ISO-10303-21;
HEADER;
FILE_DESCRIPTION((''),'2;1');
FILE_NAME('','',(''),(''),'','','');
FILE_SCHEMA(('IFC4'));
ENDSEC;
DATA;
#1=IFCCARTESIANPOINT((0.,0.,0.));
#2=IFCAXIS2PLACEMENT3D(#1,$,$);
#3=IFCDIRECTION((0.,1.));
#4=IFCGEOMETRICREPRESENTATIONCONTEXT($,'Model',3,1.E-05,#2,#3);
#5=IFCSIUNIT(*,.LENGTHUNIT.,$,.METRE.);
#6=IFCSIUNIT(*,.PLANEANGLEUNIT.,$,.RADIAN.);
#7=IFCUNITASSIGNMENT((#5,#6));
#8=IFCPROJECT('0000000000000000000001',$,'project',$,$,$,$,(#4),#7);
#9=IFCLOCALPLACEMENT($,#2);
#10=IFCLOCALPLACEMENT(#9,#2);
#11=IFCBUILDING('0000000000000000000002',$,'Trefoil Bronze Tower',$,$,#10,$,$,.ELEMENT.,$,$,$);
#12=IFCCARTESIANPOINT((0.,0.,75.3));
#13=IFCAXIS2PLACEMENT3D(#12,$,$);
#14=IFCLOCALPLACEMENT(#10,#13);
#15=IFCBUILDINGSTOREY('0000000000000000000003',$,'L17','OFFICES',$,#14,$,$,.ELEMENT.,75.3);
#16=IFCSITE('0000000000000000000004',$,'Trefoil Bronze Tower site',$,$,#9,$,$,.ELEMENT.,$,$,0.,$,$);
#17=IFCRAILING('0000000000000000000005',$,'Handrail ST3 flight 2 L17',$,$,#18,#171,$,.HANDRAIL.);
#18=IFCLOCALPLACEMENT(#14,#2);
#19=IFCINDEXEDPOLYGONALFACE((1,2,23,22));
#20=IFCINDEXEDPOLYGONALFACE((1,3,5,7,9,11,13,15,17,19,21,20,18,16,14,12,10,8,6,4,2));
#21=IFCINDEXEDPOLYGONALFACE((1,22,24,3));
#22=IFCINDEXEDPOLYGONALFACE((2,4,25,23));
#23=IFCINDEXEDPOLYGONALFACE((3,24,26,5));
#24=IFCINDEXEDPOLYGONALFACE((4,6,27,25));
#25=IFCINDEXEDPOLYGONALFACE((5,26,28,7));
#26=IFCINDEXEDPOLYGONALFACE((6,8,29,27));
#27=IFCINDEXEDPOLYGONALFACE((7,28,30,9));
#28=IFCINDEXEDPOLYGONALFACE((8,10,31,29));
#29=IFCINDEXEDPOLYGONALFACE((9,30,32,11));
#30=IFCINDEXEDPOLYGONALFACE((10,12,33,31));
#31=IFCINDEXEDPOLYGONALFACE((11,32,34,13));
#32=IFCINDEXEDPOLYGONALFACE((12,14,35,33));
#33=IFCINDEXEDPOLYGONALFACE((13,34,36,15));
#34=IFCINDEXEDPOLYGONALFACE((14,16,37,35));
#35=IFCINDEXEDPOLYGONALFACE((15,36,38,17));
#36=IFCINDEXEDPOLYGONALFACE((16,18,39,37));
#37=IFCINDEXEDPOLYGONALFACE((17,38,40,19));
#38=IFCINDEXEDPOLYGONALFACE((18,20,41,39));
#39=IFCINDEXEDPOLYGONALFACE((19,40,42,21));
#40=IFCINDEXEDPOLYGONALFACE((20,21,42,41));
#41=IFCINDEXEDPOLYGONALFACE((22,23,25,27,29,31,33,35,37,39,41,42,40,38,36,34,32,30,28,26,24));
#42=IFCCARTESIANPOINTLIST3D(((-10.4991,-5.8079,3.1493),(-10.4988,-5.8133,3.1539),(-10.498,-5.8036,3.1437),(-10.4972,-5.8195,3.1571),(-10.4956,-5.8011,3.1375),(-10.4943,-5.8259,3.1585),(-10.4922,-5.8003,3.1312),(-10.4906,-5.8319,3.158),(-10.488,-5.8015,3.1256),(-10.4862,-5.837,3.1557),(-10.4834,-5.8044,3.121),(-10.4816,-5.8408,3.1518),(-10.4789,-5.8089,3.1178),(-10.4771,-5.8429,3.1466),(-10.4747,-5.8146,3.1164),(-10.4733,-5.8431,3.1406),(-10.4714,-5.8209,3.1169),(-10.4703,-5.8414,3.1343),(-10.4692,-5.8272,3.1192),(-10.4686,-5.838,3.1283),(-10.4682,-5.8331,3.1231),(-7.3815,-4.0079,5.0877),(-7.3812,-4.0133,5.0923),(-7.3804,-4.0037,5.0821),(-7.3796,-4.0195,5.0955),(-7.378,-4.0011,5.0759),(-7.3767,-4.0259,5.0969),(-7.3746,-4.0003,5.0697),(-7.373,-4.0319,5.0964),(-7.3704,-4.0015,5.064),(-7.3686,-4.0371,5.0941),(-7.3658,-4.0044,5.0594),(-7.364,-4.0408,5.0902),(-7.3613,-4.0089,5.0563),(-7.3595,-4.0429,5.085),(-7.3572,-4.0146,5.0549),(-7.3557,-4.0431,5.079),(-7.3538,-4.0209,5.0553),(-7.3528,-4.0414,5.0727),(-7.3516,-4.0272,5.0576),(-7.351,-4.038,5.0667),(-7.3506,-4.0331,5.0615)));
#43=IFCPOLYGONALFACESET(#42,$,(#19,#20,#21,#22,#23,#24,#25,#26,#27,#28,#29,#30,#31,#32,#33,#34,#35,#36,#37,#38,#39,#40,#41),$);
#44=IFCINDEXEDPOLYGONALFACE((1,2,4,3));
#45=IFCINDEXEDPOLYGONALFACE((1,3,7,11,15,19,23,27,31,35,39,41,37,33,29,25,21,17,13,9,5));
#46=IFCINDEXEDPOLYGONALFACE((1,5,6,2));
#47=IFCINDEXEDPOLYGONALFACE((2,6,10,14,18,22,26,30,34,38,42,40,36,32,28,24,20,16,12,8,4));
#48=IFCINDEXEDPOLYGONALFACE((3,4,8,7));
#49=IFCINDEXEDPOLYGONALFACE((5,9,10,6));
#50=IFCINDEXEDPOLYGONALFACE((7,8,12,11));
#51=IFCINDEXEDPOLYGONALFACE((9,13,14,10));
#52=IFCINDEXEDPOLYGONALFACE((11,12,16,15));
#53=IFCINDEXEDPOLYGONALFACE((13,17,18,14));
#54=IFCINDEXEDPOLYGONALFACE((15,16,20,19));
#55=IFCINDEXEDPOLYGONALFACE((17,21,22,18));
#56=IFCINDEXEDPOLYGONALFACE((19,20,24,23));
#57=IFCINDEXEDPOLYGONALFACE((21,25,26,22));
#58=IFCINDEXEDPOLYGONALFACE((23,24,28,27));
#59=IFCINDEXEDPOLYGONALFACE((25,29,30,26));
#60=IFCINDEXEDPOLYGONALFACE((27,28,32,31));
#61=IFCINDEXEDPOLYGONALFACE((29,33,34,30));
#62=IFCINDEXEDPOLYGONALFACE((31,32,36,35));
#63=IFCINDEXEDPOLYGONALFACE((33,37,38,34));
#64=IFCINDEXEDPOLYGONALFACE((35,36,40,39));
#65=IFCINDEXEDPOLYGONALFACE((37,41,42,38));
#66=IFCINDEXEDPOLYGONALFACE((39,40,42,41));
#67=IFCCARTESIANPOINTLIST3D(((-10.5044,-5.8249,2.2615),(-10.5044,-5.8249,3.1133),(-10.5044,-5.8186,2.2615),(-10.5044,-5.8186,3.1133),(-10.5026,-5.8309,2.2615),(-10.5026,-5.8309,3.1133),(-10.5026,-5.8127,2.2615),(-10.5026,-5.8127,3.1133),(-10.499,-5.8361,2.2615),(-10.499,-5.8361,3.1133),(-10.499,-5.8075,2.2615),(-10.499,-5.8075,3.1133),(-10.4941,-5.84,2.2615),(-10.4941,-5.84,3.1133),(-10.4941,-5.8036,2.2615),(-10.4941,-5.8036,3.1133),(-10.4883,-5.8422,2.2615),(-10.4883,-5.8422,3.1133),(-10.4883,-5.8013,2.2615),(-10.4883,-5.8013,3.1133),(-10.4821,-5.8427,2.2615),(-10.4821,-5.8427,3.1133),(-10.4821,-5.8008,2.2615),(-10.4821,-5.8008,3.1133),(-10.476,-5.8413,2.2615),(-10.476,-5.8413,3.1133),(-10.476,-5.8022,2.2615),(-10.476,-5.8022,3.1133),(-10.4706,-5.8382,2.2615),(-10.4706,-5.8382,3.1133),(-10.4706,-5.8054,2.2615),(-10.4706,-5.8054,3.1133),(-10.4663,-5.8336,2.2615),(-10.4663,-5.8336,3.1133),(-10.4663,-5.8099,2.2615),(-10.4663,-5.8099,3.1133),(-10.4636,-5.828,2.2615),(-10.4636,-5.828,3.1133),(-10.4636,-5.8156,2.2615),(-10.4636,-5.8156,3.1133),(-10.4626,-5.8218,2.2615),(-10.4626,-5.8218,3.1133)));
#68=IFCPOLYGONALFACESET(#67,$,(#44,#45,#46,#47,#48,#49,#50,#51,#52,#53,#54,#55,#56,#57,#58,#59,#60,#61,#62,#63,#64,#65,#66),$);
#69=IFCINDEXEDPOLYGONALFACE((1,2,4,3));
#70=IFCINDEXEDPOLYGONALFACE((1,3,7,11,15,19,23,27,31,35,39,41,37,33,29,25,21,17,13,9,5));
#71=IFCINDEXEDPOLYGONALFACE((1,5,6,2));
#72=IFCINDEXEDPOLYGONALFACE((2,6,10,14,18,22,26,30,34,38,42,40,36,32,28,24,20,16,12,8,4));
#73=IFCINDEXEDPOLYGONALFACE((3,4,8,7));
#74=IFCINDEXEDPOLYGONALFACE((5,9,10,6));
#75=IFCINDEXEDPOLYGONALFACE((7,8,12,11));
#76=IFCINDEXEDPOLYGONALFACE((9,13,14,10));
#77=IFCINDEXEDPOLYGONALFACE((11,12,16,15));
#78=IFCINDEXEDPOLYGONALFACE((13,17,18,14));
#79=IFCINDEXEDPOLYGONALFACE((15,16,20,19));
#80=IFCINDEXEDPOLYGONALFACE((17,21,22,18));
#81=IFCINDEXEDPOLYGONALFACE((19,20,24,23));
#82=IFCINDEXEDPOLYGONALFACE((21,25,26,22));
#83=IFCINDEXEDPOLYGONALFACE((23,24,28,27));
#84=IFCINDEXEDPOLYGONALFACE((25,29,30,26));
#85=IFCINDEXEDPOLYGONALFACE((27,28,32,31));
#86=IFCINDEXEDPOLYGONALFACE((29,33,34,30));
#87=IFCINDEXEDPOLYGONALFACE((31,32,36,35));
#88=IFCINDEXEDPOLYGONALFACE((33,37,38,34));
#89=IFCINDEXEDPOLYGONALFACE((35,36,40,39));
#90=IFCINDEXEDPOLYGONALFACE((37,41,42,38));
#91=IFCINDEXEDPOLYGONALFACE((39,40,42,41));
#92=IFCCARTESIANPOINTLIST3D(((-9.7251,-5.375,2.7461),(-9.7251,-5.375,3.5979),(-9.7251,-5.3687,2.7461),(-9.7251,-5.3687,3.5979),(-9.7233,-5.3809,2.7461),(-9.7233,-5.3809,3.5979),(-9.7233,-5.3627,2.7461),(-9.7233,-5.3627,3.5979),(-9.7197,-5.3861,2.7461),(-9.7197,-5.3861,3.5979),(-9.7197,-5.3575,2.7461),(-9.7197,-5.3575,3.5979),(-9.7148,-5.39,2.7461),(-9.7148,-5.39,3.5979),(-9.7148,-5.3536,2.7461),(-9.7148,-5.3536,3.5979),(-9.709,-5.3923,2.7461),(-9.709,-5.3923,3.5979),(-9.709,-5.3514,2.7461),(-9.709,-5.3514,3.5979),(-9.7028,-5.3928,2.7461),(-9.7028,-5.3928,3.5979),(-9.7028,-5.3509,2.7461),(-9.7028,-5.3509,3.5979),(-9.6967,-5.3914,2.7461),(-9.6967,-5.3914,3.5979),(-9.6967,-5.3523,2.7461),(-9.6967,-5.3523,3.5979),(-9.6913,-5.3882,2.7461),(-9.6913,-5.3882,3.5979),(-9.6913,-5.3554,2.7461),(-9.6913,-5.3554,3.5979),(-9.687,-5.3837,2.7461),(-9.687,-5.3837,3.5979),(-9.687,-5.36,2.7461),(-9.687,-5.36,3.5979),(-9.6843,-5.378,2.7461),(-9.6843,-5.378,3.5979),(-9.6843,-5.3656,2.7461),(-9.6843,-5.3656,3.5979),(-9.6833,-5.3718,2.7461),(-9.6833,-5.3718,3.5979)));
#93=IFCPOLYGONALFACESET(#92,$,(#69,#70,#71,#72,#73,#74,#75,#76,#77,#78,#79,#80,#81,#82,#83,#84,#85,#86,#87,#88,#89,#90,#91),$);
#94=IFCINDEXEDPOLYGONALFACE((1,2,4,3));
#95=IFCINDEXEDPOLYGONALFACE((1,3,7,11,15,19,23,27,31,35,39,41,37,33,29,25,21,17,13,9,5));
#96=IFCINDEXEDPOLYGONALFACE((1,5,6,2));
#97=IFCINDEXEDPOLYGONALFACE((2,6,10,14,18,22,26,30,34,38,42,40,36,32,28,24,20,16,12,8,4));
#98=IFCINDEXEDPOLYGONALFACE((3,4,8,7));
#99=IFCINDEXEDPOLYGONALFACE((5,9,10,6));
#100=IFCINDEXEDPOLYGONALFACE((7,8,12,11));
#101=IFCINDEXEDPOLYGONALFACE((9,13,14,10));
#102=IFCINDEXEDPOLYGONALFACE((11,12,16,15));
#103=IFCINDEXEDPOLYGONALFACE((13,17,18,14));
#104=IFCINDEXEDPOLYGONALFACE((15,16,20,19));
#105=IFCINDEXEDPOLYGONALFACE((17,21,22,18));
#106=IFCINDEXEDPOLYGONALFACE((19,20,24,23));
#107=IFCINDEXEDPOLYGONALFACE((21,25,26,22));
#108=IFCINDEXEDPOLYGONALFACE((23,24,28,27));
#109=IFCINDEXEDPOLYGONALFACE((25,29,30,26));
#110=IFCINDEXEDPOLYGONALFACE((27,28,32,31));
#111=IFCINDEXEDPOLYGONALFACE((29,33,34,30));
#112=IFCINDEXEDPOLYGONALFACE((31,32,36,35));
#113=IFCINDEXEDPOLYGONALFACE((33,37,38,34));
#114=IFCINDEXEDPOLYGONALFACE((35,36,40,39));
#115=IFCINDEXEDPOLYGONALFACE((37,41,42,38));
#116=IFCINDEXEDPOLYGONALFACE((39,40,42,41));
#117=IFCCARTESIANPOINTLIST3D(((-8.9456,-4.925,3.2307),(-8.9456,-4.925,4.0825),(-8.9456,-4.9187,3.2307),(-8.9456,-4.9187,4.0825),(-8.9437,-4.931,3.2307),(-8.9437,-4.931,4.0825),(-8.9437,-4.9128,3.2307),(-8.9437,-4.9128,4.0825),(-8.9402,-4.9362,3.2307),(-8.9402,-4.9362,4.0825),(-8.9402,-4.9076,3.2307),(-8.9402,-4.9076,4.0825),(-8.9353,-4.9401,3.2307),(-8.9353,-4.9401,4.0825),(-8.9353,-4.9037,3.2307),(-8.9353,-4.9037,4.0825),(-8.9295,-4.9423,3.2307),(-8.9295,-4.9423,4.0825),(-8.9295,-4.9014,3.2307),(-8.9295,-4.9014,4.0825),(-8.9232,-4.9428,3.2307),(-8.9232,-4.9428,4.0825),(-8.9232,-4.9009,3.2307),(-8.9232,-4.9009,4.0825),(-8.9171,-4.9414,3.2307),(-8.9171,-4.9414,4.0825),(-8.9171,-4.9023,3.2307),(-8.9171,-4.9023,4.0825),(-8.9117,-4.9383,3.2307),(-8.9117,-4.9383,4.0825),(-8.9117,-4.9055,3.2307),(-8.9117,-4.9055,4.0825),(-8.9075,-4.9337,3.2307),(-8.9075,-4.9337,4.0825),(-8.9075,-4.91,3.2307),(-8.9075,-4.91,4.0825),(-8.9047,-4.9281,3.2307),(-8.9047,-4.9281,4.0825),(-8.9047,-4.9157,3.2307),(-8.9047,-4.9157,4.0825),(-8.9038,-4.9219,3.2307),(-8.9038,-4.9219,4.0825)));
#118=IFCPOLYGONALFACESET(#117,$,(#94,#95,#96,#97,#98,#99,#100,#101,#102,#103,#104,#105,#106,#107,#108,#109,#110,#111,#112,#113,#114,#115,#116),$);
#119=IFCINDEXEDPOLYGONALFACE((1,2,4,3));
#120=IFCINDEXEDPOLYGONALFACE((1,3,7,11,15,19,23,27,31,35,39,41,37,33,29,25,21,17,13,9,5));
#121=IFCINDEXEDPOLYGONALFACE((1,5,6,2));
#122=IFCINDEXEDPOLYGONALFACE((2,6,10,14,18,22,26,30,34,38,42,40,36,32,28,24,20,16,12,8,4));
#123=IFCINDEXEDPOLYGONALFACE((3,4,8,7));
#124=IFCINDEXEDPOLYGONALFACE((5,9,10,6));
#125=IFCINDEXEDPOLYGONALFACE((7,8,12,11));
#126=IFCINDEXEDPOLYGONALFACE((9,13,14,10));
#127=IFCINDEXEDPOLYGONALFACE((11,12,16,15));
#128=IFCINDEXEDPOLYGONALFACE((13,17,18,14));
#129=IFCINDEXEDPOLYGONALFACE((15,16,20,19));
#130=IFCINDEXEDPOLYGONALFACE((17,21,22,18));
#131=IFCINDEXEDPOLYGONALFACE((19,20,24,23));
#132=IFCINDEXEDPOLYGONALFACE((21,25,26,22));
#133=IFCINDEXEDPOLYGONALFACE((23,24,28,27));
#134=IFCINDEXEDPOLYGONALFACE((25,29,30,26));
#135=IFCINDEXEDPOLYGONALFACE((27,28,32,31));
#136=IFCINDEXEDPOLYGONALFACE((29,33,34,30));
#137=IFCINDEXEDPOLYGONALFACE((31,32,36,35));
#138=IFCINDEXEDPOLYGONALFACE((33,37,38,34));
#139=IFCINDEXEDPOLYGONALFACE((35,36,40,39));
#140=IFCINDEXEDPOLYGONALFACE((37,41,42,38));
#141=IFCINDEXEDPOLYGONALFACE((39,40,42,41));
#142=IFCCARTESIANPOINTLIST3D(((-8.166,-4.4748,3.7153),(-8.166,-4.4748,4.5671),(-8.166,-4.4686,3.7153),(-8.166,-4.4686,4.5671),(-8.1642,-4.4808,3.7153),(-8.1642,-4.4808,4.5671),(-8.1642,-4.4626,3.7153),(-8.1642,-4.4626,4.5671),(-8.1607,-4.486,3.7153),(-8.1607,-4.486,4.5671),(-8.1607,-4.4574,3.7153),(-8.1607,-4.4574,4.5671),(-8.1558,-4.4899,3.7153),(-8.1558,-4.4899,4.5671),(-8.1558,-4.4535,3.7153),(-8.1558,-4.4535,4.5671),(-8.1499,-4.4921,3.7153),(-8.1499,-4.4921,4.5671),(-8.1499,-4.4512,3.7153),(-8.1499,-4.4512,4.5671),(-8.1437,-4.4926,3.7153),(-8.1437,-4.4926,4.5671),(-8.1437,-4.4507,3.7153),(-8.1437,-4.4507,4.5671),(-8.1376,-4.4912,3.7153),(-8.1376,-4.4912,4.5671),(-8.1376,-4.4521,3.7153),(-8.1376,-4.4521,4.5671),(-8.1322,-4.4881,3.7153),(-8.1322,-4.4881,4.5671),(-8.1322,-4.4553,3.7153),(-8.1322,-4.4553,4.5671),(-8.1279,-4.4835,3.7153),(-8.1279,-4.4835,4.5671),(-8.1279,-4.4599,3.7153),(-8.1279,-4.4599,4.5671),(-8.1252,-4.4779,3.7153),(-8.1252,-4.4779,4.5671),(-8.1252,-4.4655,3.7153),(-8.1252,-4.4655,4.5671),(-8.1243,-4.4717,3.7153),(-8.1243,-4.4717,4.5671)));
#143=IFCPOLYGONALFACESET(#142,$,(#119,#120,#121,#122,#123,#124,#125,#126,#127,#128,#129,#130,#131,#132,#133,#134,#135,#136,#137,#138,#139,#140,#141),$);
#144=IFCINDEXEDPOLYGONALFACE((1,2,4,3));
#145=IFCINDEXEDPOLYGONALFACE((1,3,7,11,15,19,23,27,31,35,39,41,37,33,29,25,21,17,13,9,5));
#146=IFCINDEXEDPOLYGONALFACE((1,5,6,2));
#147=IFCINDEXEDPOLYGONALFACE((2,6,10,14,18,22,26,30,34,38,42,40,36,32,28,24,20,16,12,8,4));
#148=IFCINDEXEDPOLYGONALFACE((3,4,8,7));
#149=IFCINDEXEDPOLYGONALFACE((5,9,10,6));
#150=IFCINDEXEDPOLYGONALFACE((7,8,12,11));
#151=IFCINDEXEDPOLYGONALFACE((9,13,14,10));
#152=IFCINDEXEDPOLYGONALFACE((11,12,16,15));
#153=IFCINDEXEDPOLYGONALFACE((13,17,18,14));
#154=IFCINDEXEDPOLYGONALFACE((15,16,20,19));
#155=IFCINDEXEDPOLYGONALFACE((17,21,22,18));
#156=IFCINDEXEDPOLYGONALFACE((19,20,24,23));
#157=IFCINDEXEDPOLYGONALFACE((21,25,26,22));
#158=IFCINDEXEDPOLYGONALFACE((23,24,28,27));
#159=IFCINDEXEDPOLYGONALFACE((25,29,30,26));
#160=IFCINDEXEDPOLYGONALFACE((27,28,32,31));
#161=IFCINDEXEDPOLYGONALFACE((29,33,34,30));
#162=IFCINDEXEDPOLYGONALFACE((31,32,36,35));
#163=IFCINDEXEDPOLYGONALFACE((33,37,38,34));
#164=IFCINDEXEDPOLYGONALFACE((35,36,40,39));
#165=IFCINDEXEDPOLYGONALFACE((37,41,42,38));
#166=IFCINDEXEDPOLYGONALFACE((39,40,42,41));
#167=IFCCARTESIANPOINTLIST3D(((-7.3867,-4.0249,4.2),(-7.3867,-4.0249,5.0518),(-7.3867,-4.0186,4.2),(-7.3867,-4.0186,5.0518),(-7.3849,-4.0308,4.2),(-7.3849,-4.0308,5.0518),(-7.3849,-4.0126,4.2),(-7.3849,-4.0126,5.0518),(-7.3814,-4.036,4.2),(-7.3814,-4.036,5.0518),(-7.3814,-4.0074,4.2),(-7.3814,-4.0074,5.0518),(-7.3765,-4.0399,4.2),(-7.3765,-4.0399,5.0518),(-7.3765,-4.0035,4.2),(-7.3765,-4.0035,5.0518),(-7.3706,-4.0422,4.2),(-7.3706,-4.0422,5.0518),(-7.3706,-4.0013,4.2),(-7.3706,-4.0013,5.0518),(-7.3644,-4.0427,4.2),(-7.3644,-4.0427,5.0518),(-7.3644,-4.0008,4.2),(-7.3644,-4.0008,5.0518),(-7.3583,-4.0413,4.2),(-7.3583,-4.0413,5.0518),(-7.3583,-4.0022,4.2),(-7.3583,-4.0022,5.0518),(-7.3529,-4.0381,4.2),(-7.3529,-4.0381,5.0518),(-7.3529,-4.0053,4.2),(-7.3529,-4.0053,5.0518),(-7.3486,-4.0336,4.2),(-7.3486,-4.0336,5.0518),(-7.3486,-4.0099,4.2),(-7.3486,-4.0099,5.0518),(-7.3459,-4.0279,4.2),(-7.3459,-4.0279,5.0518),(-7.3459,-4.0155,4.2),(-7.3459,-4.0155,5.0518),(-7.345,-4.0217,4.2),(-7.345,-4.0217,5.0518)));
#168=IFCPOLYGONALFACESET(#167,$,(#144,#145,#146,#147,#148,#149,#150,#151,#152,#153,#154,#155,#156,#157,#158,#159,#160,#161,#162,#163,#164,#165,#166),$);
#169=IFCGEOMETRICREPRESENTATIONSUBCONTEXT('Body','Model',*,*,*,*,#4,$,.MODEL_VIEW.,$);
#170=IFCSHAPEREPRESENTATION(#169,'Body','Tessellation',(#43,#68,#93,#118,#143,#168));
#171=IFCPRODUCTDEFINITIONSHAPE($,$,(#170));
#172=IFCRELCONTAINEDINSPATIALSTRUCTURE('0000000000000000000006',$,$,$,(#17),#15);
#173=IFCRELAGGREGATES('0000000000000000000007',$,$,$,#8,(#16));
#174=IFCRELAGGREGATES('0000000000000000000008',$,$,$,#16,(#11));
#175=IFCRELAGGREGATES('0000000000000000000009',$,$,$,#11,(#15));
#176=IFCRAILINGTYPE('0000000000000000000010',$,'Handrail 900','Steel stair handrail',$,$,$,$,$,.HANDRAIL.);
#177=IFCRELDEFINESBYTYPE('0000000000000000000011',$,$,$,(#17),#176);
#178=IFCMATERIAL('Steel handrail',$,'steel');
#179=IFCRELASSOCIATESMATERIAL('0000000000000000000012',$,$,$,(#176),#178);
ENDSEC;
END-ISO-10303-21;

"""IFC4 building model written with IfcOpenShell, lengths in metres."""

from ifc_helpers import new_model, si_unit, direction, frame, origin, origin_2d, place, context, subcontext, project, spatial, circle, extrude, material, type_object, element, save


model = new_model("IFC4")

# Units and contexts
model_context = context("Model", 3, precision=1e-05, world=origin(), true_north=direction((0.0, 1.0)))
body_context = subcontext(model_context, "Body", "Model", "MODEL_VIEW")
ifc_project = project(units=[si_unit("LENGTHUNIT", "METRE"), si_unit("PLANEANGLEUNIT", "RADIAN")], contexts=[model_context])

# Site, building, storey
site_placement = place(None, origin())
site = spatial("IfcSite", under=ifc_project, at=site_placement, Name="Trefoil Bronze Tower site", CompositionType="ELEMENT", RefElevation=0.0)
building_placement = place(site_placement, origin())
building = spatial("IfcBuilding", under=site, at=building_placement, Name="Trefoil Bronze Tower", CompositionType="ELEMENT")
storey_placement = place(building_placement, frame((0.0, 0.0, 75.3)))
storey = spatial("IfcBuildingStorey", under=building, at=storey_placement, Name="L17", Description="OFFICES", CompositionType="ELEMENT", Elevation=75.3)

# Railing
ifc_material_1 = material(Name="Steel handrail", Category="steel")
railing_type = type_object("IfcRailingType", Name="Handrail 900", Description="Steel stair handrail", PredefinedType="HANDRAIL", material=ifc_material_1)
railing_1_placement = place(storey_placement, frame((-10.4836, -5.8218, 2.2615)))
element("IfcRailing", 1, at=railing_1_placement, inside=storey, type_object=railing_type, Name="Handrail ST3 flight 2 L17", PredefinedType="HANDRAIL", context=body_context, shape_type="SweptSolid", body=[
    extrude(circle(Radius=0.0239, at=origin_2d()), frame((0.0, 0.0, 0.876), z_axis=(0.762503, 0.440246, 0.474102), x_axis=(-0.500012, 0.866018, 0.0)), (0.0, 0.0, 1.0), 4.0886),
    extrude(circle(Radius=0.021, at=origin_2d()), origin(), (0.0, 0.0, 1.0), 0.8518),
    extrude(circle(Radius=0.021, at=origin_2d()), frame((0.7793, 0.45, 0.4846)), (0.0, 0.0, 1.0), 0.8518),
    extrude(circle(Radius=0.021, at=origin_2d()), frame((1.5588, 0.8999, 0.9692)), (0.0, 0.0, 1.0), 0.8518),
    extrude(circle(Radius=0.021, at=origin_2d()), frame((2.3384, 1.3501, 1.4539)), (0.0, 0.0, 1.0), 0.8518),
    extrude(circle(Radius=0.021, at=origin_2d()), frame((3.1177, 1.8, 1.9385)), (0.0, 0.0, 1.0), 0.8518),
])

save(model, "model.ifc")
